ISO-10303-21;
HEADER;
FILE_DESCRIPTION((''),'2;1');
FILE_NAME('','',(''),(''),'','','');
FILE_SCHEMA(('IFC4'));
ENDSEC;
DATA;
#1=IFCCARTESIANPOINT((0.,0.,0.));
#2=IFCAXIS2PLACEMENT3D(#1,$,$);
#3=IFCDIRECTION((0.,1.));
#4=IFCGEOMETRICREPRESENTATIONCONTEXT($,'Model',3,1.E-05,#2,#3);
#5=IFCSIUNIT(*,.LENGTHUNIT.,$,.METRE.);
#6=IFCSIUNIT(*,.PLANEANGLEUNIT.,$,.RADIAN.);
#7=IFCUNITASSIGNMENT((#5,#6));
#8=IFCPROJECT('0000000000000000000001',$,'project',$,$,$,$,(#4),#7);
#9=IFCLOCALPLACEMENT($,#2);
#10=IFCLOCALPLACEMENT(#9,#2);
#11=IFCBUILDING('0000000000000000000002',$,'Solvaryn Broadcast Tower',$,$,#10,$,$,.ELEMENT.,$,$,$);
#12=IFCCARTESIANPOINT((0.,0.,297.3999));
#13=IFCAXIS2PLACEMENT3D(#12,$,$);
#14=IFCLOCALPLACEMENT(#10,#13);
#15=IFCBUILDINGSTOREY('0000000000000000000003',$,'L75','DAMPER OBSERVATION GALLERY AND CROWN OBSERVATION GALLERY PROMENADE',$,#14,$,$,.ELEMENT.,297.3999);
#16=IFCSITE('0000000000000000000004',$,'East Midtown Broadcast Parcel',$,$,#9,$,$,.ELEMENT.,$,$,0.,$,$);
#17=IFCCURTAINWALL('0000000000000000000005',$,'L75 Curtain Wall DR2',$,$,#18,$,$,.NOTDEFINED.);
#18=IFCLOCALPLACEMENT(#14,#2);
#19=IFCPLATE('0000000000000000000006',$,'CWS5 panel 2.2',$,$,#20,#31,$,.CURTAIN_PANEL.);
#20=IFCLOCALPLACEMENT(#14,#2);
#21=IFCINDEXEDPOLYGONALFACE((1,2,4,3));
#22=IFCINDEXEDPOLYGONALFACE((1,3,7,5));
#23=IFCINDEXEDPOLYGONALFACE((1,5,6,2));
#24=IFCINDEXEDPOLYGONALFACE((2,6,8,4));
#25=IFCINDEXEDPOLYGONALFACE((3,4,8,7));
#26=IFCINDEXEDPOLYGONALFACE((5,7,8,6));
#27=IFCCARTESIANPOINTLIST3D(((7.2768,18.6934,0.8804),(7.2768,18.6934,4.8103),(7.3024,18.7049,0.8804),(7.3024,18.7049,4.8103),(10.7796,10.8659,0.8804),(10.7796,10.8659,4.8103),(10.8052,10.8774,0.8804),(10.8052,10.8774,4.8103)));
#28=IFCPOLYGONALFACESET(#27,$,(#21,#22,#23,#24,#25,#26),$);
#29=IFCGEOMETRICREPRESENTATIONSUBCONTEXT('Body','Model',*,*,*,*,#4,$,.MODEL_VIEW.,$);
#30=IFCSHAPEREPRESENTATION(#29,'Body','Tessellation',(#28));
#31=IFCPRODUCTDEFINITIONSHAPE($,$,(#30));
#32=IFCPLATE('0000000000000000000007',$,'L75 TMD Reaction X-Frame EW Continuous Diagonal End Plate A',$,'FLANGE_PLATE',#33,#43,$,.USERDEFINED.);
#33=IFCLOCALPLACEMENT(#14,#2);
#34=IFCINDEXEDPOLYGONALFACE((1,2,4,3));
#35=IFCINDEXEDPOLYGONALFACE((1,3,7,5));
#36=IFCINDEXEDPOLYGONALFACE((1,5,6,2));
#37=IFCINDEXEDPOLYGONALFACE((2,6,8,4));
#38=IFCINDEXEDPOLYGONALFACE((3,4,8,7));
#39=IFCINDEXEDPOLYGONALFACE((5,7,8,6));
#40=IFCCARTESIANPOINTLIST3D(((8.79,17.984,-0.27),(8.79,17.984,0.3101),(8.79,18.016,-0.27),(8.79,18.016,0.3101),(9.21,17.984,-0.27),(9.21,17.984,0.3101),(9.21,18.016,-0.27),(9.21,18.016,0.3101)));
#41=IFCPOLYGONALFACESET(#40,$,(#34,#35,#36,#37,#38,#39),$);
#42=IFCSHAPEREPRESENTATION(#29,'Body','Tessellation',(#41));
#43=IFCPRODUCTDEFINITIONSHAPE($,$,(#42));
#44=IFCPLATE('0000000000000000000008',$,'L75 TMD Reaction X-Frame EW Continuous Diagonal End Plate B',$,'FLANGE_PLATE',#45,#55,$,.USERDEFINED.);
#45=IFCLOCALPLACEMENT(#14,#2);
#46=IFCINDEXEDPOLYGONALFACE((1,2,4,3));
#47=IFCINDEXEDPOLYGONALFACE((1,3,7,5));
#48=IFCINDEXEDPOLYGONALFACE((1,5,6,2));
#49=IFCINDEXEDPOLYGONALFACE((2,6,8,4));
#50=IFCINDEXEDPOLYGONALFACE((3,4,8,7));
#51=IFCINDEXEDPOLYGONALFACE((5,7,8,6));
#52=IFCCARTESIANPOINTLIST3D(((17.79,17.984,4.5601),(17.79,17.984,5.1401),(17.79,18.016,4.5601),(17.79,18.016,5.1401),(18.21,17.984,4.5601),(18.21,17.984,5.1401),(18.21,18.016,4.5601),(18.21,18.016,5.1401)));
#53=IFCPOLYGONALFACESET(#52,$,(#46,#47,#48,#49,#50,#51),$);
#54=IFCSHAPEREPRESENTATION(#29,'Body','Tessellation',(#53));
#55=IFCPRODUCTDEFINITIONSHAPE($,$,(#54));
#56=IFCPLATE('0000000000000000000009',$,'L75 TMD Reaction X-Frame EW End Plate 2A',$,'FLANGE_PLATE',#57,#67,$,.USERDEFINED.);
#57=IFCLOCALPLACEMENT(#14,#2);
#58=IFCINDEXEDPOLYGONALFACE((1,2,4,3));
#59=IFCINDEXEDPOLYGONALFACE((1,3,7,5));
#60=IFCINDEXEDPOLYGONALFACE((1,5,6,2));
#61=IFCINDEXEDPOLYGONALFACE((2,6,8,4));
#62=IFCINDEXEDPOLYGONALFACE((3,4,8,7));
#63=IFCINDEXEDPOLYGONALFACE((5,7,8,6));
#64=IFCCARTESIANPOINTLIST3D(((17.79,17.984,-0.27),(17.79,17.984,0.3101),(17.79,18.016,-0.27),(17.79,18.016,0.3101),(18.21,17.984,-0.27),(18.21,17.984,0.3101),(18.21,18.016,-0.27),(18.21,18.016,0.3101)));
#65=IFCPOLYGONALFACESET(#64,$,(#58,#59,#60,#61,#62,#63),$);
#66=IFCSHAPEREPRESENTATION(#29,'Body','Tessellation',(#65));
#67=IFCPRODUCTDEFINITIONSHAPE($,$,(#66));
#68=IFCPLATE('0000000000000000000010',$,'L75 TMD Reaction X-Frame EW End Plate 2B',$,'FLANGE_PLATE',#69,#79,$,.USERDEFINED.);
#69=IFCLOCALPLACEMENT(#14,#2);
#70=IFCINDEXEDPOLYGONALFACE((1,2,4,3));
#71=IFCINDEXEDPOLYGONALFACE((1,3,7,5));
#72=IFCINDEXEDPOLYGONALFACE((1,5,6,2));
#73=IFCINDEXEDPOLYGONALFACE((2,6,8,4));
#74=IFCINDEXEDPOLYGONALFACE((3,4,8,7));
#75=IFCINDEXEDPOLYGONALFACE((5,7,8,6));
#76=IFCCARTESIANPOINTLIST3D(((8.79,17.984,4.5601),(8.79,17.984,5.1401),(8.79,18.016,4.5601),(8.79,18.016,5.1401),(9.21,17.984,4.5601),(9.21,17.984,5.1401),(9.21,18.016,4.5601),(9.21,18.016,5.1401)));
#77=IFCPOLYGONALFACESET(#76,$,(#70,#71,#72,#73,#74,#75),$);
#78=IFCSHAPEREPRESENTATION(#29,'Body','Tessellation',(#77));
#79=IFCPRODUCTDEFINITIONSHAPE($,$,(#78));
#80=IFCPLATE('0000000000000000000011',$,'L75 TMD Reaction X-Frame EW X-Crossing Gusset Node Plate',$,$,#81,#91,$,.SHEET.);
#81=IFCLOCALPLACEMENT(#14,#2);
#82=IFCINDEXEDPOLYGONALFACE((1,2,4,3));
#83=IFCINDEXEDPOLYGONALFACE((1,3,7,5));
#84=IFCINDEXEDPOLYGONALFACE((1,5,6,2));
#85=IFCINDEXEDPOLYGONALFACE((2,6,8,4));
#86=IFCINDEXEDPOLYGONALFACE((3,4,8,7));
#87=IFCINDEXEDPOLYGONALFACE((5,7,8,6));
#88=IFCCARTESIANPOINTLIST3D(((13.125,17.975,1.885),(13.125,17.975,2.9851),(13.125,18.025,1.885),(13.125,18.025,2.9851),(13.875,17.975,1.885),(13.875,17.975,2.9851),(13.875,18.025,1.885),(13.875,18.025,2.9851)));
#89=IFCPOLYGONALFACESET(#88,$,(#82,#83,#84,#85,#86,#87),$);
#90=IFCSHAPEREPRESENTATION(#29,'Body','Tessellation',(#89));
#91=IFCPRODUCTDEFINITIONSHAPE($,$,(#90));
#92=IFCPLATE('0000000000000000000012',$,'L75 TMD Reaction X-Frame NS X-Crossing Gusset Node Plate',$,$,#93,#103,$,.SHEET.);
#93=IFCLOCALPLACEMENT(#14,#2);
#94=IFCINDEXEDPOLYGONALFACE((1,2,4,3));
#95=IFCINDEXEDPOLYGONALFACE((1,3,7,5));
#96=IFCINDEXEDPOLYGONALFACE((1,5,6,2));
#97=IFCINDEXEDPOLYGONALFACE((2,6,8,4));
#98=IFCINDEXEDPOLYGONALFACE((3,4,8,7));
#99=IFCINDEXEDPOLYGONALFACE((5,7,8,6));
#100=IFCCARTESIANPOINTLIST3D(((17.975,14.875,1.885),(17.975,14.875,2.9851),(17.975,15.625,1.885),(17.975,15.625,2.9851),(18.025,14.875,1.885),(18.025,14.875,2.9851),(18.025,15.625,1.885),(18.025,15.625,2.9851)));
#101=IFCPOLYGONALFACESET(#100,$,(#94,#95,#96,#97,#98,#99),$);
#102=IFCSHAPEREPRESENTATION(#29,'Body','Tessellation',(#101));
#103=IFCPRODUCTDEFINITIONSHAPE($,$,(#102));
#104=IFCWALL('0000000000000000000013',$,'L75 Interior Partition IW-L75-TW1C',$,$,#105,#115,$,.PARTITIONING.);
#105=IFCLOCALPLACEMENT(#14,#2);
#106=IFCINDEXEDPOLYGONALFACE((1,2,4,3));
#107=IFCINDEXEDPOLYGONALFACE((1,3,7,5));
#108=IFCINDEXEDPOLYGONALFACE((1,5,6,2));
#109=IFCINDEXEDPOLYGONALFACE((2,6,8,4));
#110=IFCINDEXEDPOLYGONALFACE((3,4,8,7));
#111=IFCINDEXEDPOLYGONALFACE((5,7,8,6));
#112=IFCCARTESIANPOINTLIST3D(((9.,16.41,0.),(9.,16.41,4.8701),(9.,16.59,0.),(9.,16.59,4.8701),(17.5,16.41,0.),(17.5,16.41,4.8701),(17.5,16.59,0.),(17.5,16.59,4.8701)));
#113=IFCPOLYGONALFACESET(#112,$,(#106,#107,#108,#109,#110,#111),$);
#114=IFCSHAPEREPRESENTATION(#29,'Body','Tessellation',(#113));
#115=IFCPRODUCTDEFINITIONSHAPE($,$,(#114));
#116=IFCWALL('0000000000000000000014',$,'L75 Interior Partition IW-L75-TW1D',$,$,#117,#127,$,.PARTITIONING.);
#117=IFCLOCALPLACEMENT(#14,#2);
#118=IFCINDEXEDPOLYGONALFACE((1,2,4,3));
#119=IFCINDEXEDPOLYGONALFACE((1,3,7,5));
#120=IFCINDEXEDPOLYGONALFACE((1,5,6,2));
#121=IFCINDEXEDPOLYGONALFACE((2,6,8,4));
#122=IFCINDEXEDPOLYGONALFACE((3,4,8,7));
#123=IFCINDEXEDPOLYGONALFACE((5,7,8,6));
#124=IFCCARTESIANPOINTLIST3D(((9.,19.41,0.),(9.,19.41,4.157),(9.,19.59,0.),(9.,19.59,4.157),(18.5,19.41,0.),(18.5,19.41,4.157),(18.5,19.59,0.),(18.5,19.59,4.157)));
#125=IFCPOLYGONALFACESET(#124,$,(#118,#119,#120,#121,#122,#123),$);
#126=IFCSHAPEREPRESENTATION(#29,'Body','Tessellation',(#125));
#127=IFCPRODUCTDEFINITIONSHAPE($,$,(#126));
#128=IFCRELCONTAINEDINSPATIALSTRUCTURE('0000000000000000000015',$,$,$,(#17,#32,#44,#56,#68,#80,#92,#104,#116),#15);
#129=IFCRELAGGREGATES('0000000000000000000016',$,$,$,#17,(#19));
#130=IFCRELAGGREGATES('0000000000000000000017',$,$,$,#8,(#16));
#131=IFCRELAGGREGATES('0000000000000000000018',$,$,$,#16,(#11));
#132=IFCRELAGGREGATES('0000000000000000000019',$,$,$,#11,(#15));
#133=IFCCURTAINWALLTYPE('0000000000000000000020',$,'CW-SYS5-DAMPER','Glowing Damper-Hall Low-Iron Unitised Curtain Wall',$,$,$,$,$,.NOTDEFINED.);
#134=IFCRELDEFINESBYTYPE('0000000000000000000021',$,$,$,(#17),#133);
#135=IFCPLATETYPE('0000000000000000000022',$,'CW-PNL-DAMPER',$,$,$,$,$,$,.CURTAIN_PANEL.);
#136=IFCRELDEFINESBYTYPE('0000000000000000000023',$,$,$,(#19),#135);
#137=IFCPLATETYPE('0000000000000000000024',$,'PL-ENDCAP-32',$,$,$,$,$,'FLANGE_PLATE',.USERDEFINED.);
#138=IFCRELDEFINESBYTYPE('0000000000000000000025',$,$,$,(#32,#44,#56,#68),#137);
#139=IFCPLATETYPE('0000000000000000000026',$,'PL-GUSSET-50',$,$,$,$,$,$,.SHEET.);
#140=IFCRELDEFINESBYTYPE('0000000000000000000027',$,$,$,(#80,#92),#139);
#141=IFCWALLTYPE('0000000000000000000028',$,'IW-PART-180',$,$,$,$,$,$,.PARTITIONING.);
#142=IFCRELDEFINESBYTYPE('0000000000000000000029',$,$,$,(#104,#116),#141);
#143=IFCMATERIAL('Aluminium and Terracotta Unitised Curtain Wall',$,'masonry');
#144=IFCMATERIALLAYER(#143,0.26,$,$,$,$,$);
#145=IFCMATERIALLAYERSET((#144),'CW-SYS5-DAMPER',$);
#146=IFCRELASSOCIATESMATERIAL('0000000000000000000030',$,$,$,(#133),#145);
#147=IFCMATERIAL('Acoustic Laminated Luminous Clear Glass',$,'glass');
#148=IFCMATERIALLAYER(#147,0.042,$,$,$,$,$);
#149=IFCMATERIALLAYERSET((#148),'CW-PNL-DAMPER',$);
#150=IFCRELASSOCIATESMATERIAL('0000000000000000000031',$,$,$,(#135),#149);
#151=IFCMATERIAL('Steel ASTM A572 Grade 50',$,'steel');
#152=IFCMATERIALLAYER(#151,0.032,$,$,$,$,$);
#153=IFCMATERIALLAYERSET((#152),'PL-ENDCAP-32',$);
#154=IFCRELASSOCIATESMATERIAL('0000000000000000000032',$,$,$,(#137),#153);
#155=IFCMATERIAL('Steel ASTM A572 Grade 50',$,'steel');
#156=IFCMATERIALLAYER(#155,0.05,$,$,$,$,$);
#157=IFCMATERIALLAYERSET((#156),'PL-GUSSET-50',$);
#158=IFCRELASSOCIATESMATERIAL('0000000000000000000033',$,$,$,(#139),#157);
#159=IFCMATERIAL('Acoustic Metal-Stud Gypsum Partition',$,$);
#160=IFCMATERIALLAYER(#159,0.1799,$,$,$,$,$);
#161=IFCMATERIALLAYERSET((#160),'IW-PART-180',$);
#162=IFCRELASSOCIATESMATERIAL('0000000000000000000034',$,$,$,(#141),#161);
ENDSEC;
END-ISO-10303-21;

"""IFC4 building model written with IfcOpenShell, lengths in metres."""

from ifc_helpers import new_model, si_unit, direction, frame, frame_2d, origin, origin_2d, place, context, subcontext, project, spatial, rectangle, extrude, material, layer, layer_set, type_object, element, aggregate, save


model = new_model("IFC4")

# Units and contexts
model_context = context("Model", 3, precision=1e-05, world=origin(), true_north=direction((0.0, 1.0)))
body_context = subcontext(model_context, "Body", "Model", "MODEL_VIEW")
ifc_project = project(units=[si_unit("LENGTHUNIT", "METRE"), si_unit("PLANEANGLEUNIT", "RADIAN")], contexts=[model_context])

# Site, building, storey
site_placement = place(None, origin())
site = spatial("IfcSite", under=ifc_project, at=site_placement, Name="East Midtown Broadcast Parcel", CompositionType="ELEMENT", RefElevation=0.0)
building_placement = place(site_placement, origin())
building = spatial("IfcBuilding", under=site, at=building_placement, Name="Solvaryn Broadcast Tower", CompositionType="ELEMENT")
storey_placement = place(building_placement, frame((0.0, 0.0, 297.3999)))
storey = spatial("IfcBuildingStorey", under=building, at=storey_placement, Name="L75", Description="DAMPER OBSERVATION GALLERY AND CROWN OBSERVATION GALLERY PROMENADE", CompositionType="ELEMENT", Elevation=297.3999)

# Shared definitions
ifc_material_1 = material(Name="Aluminium and Terracotta Unitised Curtain Wall", Category="masonry")
ifc_layer_1 = layer(ifc_material_1, 0.26)
ifc_layer_set_1 = layer_set([ifc_layer_1], Name="CW-SYS5-DAMPER")
curtain_wall_type = type_object("IfcCurtainWallType", Name="CW-SYS5-DAMPER", Description="Glowing Damper-Hall Low-Iron Unitised Curtain Wall", PredefinedType="NOTDEFINED", material=ifc_layer_set_1)

# Curtain wall
curtain_wall_1_placement = place(storey_placement, origin())
curtain_wall_1 = element("IfcCurtainWall", 1, at=curtain_wall_1_placement, inside=storey, type_object=curtain_wall_type, Name="L75 Curtain Wall DR2", PredefinedType="NOTDEFINED")

# Plate
ifc_material_2 = material(Name="Acoustic Laminated Luminous Clear Glass", Category="glass")
ifc_layer_2 = layer(ifc_material_2, 0.042)
ifc_layer_set_2 = layer_set([ifc_layer_2], Name="CW-PNL-DAMPER")
plate_type_1 = type_object("IfcPlateType", Name="CW-PNL-DAMPER", PredefinedType="CURTAIN_PANEL", material=ifc_layer_set_2)
plate_1_placement = place(storey_placement, frame((9.041, 14.7854, 0.8804), z_axis=(0.0, 0.0, 1.0), x_axis=(0.408466, -0.912774, 0.0)))
plate_1 = element("IfcPlate", 2, at=plate_1_placement, type_object=plate_type_1, Name="CWS5 panel 2.2", PredefinedType="CURTAIN_PANEL", context=body_context, shape_type="SweptSolid", body=[
    extrude(rectangle(XDim=8.5754, YDim=0.0281, at=origin_2d()), origin(), (0.0, 0.0, 1.0), 3.9299),
])
aggregate(curtain_wall_1, [plate_1])

# Plates
ifc_material_3 = material(Name="Steel ASTM A572 Grade 50", Category="steel")
ifc_layer_3 = layer(ifc_material_3, 0.032)
ifc_layer_set_3 = layer_set([ifc_layer_3], Name="PL-ENDCAP-32")
plate_type_2 = type_object("IfcPlateType", Name="PL-ENDCAP-32", ElementType="FLANGE_PLATE", PredefinedType="USERDEFINED", material=ifc_layer_set_3)
for number, where, z_axis, x_axis, name in (
    (3, (9.0, 18.0, -0.27), (0.0, 0.0, 1.0), (1.0, 0.0, 0.0), "L75 TMD Reaction X-Frame EW Continuous Diagonal End Plate A"),
    (4, (18.0, 18.0, 4.5601), (0.0, 0.0, 1.0), (1.0, 0.0, 0.0), "L75 TMD Reaction X-Frame EW Continuous Diagonal End Plate B"),
    (5, (18.0, 18.0, -0.27), (0.0, 0.0, 1.0), (1.0, 0.0, 0.0), "L75 TMD Reaction X-Frame EW End Plate 2A"),
    (6, (9.0, 18.0, 4.5601), (0.0, 0.0, 1.0), (1.0, 0.0, 0.0), "L75 TMD Reaction X-Frame EW End Plate 2B"),
):
    element("IfcPlate", number, at=place(storey_placement, frame(where, z_axis=z_axis, x_axis=x_axis)), inside=storey, type_object=plate_type_2, Name=name, ObjectType="FLANGE_PLATE", PredefinedType="USERDEFINED", context=body_context, shape_type="SweptSolid", body=[
        extrude(rectangle(XDim=0.4199, YDim=0.032, at=origin_2d()), origin(), (0.0, 0.0, 1.0), 0.5801),
    ])
ifc_material_4 = material(Name="Steel ASTM A572 Grade 50", Category="steel")
ifc_layer_4 = layer(ifc_material_4, 0.05)
ifc_layer_set_4 = layer_set([ifc_layer_4], Name="PL-GUSSET-50")
plate_type_3 = type_object("IfcPlateType", Name="PL-GUSSET-50", PredefinedType="SHEET", material=ifc_layer_set_4)
plate_2_placement = place(storey_placement, frame((13.5, 18.0, 1.885), z_axis=(0.0, 0.0, 1.0), x_axis=(1.0, 0.0, 0.0)))
element("IfcPlate", 7, at=plate_2_placement, inside=storey, type_object=plate_type_3, Name="L75 TMD Reaction X-Frame EW X-Crossing Gusset Node Plate", PredefinedType="SHEET", context=body_context, shape_type="SweptSolid", body=[
    extrude(rectangle(XDim=0.75, YDim=0.05, at=origin_2d()), origin(), (0.0, 0.0, 1.0), 1.1001),
])
plate_3_placement = place(storey_placement, frame((18.0, 15.25, 1.885), z_axis=(0.0, 0.0, 1.0), x_axis=(1.0, 0.0, 0.0)))
element("IfcPlate", 8, at=plate_3_placement, inside=storey, type_object=plate_type_3, Name="L75 TMD Reaction X-Frame NS X-Crossing Gusset Node Plate", PredefinedType="SHEET", context=body_context, shape_type="SweptSolid", body=[
    extrude(rectangle(XDim=0.05, YDim=0.75, at=origin_2d()), origin(), (0.0, 0.0, 1.0), 1.1001),
])

# Walls
ifc_material_5 = material(Name="Acoustic Metal-Stud Gypsum Partition")
ifc_layer_5 = layer(ifc_material_5, 0.1799)
ifc_layer_set_5 = layer_set([ifc_layer_5], Name="IW-PART-180")
wall_type = type_object("IfcWallType", Name="IW-PART-180", PredefinedType="PARTITIONING", material=ifc_layer_set_5)
wall_1_placement = place(storey_placement, frame((9.0, 16.5, 0.0), z_axis=(0.0, 0.0, 1.0), x_axis=(1.0, 0.0, 0.0)))
element("IfcWall", 9, at=wall_1_placement, inside=storey, type_object=wall_type, Name="L75 Interior Partition IW-L75-TW1C", PredefinedType="PARTITIONING", context=body_context, shape_type="SweptSolid", body=[
    extrude(rectangle(XDim=8.5, YDim=0.1799, at=frame_2d((4.25, 0.0))), origin(), (0.0, 0.0, 1.0), 4.8701),
])
wall_2_placement = place(storey_placement, frame((9.0, 19.5, 0.0), z_axis=(0.0, 0.0, 1.0), x_axis=(1.0, 0.0, 0.0)))
element("IfcWall", 10, at=wall_2_placement, inside=storey, type_object=wall_type, Name="L75 Interior Partition IW-L75-TW1D", PredefinedType="PARTITIONING", context=body_context, shape_type="SweptSolid", body=[
    extrude(rectangle(XDim=9.5, YDim=0.1799, at=frame_2d((4.75, 0.0))), origin(), (0.0, 0.0, 1.0), 4.157),
])

save(model, "model.ifc")
